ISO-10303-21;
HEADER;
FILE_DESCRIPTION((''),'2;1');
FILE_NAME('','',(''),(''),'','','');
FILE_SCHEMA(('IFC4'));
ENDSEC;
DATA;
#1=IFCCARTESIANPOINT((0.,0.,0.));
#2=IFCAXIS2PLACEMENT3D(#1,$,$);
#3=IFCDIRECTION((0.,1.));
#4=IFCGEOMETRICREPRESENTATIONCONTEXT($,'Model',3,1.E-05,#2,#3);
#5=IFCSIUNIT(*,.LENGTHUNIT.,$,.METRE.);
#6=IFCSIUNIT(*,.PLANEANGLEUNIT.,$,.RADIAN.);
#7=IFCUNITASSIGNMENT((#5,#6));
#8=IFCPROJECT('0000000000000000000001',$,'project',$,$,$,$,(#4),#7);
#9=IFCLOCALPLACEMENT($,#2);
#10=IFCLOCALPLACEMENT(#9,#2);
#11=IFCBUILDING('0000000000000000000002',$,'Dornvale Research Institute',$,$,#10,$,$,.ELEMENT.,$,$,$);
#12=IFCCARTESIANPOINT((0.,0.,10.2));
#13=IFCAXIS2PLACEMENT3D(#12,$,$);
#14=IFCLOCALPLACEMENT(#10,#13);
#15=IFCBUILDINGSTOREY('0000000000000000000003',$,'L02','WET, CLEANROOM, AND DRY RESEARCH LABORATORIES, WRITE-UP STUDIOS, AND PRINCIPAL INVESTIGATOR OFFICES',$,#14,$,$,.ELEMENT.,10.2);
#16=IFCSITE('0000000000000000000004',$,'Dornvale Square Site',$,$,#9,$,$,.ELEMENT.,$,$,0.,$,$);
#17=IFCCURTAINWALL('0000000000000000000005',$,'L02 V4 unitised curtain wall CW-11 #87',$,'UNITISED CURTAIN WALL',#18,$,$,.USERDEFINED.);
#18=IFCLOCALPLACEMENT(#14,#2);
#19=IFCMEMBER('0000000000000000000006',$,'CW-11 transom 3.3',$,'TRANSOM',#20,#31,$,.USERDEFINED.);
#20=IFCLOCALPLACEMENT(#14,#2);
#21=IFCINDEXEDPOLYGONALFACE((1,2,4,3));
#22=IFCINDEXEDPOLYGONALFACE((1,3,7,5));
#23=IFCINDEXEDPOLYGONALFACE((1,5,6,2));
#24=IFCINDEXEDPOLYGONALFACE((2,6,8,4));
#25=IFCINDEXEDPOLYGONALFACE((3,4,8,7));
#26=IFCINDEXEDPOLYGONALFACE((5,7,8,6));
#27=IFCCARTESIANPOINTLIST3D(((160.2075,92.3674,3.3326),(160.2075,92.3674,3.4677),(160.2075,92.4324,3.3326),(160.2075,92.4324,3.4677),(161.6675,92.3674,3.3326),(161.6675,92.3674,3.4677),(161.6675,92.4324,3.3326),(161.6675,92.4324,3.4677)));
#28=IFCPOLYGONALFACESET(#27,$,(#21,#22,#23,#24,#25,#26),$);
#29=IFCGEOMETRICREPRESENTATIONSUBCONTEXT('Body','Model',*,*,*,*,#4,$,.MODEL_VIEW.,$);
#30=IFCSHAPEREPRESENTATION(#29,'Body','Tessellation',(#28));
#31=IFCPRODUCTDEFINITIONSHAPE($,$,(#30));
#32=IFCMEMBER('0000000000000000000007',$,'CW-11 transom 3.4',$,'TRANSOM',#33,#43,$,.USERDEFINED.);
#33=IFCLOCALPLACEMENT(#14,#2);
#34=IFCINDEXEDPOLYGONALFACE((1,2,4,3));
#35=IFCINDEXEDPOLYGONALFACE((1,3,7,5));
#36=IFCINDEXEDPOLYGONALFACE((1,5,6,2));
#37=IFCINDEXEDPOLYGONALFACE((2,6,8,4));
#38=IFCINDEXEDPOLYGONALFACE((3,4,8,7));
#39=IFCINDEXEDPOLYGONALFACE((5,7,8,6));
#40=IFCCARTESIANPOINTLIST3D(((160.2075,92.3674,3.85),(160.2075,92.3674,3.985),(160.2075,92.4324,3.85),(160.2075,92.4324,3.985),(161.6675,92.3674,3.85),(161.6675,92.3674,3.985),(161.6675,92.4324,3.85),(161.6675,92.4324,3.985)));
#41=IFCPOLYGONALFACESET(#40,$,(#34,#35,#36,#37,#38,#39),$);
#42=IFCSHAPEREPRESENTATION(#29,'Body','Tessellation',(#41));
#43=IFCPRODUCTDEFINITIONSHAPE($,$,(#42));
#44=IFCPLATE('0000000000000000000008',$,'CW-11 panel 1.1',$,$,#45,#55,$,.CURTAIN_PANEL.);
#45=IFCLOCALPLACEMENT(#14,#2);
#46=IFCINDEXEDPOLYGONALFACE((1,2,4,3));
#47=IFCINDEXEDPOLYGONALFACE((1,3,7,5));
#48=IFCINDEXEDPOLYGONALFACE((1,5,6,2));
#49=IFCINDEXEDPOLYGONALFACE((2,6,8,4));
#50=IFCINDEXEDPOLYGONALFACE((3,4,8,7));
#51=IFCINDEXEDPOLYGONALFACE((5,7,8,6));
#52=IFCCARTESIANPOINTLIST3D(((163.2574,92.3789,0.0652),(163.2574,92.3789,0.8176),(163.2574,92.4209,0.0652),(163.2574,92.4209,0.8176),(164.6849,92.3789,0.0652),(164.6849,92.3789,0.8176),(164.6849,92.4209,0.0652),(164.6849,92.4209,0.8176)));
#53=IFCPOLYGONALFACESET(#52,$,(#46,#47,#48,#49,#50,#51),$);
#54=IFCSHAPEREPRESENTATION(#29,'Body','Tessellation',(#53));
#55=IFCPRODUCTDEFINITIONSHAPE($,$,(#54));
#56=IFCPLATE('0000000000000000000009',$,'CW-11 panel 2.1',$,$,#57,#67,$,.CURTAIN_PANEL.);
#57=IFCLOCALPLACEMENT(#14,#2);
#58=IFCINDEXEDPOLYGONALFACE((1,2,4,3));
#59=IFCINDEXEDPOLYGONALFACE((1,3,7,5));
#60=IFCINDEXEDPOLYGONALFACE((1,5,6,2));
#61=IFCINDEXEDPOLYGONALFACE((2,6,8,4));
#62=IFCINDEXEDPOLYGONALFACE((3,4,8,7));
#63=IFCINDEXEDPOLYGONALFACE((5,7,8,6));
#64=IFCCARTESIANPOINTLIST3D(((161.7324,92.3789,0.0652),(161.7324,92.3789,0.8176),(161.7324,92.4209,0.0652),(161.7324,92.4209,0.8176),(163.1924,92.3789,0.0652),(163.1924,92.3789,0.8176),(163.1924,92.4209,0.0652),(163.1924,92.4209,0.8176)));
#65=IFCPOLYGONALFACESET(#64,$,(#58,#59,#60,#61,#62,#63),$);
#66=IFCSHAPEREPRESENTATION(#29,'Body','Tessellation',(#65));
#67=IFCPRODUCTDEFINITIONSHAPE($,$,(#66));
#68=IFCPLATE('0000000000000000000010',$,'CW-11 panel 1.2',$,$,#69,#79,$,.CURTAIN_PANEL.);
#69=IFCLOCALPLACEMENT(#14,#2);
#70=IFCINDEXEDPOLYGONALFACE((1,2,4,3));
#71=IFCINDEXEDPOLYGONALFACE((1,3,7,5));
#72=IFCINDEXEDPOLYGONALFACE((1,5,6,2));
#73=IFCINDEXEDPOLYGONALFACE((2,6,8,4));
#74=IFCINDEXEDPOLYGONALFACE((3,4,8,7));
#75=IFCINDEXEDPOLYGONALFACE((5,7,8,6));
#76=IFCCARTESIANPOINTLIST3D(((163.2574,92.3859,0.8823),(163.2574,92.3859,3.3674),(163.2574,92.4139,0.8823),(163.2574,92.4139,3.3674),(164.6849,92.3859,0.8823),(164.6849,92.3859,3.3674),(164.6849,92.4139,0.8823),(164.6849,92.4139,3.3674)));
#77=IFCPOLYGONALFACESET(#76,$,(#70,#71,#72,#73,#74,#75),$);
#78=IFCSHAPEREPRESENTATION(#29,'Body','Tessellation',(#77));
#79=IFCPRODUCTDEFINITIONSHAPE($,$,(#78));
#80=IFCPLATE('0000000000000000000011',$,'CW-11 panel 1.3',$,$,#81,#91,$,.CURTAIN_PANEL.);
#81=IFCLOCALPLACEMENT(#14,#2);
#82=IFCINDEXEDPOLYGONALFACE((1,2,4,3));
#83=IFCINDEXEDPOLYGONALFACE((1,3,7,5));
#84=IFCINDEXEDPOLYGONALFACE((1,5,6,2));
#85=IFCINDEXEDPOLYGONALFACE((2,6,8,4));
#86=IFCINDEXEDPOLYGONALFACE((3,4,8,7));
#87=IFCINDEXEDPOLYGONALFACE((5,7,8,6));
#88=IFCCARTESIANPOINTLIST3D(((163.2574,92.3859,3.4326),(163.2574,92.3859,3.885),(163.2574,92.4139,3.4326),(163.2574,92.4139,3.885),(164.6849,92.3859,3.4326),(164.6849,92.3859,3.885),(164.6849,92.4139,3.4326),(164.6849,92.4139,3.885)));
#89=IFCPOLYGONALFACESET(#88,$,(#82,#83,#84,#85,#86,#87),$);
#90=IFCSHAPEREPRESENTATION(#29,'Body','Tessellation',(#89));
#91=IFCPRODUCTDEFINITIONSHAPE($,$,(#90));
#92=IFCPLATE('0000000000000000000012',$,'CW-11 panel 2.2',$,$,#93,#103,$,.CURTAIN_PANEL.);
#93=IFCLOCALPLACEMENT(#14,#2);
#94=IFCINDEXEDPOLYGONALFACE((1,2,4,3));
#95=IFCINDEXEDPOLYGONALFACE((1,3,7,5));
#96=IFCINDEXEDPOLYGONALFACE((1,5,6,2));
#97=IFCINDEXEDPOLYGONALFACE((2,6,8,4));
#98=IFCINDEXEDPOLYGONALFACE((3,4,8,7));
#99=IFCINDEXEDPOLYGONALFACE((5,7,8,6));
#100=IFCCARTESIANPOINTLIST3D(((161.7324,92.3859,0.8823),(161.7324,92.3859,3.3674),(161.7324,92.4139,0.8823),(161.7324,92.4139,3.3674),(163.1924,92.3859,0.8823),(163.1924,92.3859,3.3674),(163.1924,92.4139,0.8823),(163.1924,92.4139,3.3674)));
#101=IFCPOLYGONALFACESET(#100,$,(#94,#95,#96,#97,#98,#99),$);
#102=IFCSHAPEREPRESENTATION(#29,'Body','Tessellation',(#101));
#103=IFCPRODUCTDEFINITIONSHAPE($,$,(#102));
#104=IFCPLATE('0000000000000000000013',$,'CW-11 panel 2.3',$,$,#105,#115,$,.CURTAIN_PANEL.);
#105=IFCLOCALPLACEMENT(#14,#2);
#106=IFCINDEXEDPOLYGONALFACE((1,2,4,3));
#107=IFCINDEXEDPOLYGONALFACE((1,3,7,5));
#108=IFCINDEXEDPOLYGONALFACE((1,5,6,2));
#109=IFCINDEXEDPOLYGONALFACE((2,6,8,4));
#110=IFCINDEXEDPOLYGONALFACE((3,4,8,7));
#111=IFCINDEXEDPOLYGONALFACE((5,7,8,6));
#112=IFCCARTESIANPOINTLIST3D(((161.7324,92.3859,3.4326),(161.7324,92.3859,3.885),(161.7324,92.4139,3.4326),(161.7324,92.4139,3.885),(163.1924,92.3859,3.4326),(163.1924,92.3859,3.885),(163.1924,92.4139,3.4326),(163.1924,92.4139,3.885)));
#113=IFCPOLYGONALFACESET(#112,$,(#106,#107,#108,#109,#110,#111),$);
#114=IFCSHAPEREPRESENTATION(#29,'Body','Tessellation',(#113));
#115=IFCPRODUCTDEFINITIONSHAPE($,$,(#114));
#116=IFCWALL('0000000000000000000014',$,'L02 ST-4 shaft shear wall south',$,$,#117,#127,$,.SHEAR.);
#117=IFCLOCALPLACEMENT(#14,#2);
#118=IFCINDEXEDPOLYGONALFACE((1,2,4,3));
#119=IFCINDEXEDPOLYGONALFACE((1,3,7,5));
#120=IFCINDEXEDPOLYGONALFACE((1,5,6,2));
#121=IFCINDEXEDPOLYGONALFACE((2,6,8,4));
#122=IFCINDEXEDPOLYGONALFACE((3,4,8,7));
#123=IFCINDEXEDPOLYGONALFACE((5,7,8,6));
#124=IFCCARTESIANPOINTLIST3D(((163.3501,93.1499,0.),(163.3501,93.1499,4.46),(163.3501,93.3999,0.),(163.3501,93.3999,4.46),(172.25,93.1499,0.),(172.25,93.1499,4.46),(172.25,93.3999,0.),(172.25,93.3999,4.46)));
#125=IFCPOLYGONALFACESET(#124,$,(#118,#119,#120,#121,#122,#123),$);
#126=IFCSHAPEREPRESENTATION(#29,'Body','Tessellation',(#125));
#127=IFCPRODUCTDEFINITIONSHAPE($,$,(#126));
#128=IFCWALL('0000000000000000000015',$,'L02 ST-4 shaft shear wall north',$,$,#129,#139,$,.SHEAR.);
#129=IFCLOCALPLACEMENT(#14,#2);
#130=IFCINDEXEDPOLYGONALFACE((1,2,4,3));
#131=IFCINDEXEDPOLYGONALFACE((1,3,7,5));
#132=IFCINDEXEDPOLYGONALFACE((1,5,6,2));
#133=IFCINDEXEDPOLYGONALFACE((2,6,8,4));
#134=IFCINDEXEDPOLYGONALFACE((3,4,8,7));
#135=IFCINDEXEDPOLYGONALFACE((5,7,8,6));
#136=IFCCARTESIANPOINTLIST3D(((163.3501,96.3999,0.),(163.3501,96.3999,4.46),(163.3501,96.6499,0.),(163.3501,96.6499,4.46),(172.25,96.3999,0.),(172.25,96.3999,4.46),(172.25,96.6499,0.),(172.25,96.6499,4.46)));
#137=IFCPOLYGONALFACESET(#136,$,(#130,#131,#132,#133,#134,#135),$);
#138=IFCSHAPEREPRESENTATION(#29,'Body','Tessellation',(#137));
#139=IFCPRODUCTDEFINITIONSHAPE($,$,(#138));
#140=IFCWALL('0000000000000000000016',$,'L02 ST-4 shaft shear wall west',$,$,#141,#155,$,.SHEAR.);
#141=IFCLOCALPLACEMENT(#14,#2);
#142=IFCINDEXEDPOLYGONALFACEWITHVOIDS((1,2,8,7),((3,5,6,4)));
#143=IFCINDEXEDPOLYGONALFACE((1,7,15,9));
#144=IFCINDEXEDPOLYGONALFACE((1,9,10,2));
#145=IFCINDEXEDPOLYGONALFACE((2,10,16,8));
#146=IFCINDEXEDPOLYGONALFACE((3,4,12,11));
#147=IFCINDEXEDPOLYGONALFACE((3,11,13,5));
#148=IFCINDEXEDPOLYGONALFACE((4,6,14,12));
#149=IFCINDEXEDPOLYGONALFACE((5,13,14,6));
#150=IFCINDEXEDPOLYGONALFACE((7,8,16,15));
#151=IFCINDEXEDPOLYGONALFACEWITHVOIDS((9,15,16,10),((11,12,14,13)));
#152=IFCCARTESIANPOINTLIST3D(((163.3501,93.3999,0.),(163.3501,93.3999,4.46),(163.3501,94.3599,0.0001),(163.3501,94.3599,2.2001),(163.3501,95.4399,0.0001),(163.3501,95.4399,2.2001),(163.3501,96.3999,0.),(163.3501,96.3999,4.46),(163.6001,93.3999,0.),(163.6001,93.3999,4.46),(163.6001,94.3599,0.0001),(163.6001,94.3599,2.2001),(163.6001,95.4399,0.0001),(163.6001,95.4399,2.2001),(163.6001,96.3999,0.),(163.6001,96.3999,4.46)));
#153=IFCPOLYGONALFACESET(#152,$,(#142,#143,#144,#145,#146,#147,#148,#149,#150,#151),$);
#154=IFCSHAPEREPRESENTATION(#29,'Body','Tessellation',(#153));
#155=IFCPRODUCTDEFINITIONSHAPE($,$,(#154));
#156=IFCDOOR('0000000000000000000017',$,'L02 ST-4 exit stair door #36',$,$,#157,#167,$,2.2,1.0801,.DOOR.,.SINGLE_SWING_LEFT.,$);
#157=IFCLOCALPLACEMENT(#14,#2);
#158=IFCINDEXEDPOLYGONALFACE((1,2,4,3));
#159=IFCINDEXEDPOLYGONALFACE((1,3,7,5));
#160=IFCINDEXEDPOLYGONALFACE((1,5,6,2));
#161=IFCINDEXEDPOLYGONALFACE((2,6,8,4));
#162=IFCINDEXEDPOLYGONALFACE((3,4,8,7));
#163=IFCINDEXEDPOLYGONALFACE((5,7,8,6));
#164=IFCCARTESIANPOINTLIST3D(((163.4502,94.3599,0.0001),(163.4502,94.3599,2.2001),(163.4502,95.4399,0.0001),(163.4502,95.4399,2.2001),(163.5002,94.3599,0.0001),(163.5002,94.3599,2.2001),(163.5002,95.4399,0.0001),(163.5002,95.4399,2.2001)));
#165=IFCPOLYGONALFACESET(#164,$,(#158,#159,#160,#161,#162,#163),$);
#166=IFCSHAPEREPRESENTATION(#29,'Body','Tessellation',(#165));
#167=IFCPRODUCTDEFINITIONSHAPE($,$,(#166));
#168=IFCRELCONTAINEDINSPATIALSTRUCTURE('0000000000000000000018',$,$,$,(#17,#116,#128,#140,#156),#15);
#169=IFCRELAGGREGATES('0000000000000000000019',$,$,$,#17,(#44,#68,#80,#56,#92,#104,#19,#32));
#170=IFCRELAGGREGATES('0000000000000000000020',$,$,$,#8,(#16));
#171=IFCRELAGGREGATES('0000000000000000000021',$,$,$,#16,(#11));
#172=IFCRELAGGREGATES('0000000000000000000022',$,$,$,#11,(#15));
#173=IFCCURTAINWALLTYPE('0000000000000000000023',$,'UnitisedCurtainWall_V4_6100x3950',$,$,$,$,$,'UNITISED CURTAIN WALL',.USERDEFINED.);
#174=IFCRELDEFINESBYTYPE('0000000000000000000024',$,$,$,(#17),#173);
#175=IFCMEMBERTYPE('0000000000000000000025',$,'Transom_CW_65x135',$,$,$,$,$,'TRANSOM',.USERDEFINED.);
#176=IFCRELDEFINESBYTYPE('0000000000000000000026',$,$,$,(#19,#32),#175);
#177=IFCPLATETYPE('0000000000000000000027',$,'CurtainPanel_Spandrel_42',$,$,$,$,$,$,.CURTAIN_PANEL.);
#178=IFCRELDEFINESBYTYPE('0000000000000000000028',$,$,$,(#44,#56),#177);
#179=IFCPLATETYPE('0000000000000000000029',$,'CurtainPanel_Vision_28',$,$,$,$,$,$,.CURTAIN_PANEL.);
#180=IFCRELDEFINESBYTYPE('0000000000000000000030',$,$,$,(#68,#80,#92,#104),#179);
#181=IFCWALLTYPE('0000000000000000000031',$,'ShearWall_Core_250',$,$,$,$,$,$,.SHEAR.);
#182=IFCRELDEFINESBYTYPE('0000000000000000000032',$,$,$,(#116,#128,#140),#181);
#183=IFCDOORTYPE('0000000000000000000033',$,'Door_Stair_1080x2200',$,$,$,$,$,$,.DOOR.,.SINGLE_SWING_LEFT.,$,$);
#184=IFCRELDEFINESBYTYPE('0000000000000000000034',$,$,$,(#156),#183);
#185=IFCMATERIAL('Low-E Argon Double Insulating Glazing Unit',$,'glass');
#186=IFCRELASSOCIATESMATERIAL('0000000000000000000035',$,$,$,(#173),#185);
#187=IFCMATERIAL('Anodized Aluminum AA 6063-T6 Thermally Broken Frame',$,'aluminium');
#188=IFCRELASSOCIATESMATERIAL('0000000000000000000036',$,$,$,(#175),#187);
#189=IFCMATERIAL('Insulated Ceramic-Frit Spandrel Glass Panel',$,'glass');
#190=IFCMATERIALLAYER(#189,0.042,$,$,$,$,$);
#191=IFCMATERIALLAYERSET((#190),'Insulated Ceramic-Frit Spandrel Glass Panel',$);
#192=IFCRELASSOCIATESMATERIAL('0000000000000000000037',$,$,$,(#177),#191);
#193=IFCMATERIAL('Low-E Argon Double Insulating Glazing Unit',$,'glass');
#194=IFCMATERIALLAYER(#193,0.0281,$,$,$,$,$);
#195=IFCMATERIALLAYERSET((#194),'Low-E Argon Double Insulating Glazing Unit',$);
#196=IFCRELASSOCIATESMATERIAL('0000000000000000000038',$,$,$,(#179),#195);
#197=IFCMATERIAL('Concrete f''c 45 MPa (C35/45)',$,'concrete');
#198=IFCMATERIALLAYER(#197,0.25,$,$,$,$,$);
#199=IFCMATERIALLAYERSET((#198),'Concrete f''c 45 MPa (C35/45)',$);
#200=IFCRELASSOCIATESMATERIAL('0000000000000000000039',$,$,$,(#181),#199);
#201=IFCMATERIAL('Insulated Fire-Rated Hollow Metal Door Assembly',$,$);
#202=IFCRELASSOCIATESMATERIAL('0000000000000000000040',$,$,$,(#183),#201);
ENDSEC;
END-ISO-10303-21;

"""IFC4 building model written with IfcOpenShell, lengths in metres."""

from ifc_helpers import new_model, si_unit, direction, frame, frame_2d, origin, origin_2d, place, context, subcontext, project, spatial, rectangle, extrude, material, layer, layer_set, material_profile, profile_set, type_object, element, fill, aggregate, save


model = new_model("IFC4")

# Units and contexts
model_context = context("Model", 3, precision=1e-05, world=origin(), true_north=direction((0.0, 1.0)))
body_context = subcontext(model_context, "Body", "Model", "MODEL_VIEW")
ifc_project = project(units=[si_unit("LENGTHUNIT", "METRE"), si_unit("PLANEANGLEUNIT", "RADIAN")], contexts=[model_context])

# Site, building, storey
site_placement = place(None, origin())
site = spatial("IfcSite", under=ifc_project, at=site_placement, Name="Dornvale Square Site", CompositionType="ELEMENT", RefElevation=0.0)
building_placement = place(site_placement, origin())
building = spatial("IfcBuilding", under=site, at=building_placement, Name="Dornvale Research Institute", CompositionType="ELEMENT")
storey_placement = place(building_placement, frame((0.0, 0.0, 10.2)))
storey = spatial("IfcBuildingStorey", under=building, at=storey_placement, Name="L02", Description="WET, CLEANROOM, AND DRY RESEARCH LABORATORIES, WRITE-UP STUDIOS, AND PRINCIPAL INVESTIGATOR OFFICES", CompositionType="ELEMENT", Elevation=10.2)

# Curtain wall
ifc_material_1 = material(Name="Low-E Argon Double Insulating Glazing Unit", Category="glass")
curtain_wall_type = type_object("IfcCurtainWallType", Name="UnitisedCurtainWall_V4_6100x3950", ElementType="UNITISED CURTAIN WALL", PredefinedType="USERDEFINED", material=ifc_material_1)
curtain_wall_placement = place(storey_placement, origin())
curtain_wall = element("IfcCurtainWall", 1, at=curtain_wall_placement, inside=storey, type_object=curtain_wall_type, Name="L02 V4 unitised curtain wall CW-11 #87", ObjectType="UNITISED CURTAIN WALL", PredefinedType="USERDEFINED")

# Members
ifc_material_2 = material(Name="Anodized Aluminum AA 6063-T6 Thermally Broken Frame", Category="aluminium")
ifc_material_profile_1 = material_profile(ifc_material_2, rectangle(XDim=0.0649, YDim=0.135, at=origin_2d()), Name="ALU TRANSOM 65x135")
ifc_profile_set_1 = profile_set([ifc_material_profile_1], Name="Anodized Aluminum AA 6063-T6 Thermally Broken Frame")
member_type_1 = type_object("IfcMemberType", Name="Transom_CW_65x135", ElementType="TRANSOM", PredefinedType="USERDEFINED", material=ifc_profile_set_1)
member_1_placement = place(storey_placement, frame((161.6675, 92.3999, 3.4001), z_axis=(-1.0, 0.0, 0.0), x_axis=(0.0, -1.0, 0.0)))
member_1 = element("IfcMember", 2, at=member_1_placement, type_object=member_type_1, Name="CW-11 transom 3.3", ObjectType="TRANSOM", PredefinedType="USERDEFINED", context=body_context, shape_type="SweptSolid", body=[
    extrude(rectangle(XDim=0.0649, YDim=0.135, at=origin_2d()), origin(), (0.0, 0.0, 1.0), 1.46),
])
member_2_placement = place(storey_placement, frame((161.6675, 92.3999, 3.9175), z_axis=(-1.0, 0.0, 0.0), x_axis=(0.0, -1.0, 0.0)))
member_2 = element("IfcMember", 3, at=member_2_placement, type_object=member_type_1, Name="CW-11 transom 3.4", ObjectType="TRANSOM", PredefinedType="USERDEFINED", context=body_context, shape_type="SweptSolid", body=[
    extrude(rectangle(XDim=0.0649, YDim=0.135, at=origin_2d()), origin(), (0.0, 0.0, 1.0), 1.46),
])

# Plates
ifc_material_3 = material(Name="Insulated Ceramic-Frit Spandrel Glass Panel", Category="glass")
ifc_layer_1 = layer(ifc_material_3, 0.042)
ifc_layer_set_1 = layer_set([ifc_layer_1], Name="Insulated Ceramic-Frit Spandrel Glass Panel")
plate_type_1 = type_object("IfcPlateType", Name="CurtainPanel_Spandrel_42", PredefinedType="CURTAIN_PANEL", material=ifc_layer_set_1)
plate_1_placement = place(storey_placement, frame((163.9712, 92.3999, 0.0652), z_axis=(0.0, 0.0, 1.0), x_axis=(-1.0, 0.0, 0.0)))
plate_1 = element("IfcPlate", 4, at=plate_1_placement, type_object=plate_type_1, Name="CW-11 panel 1.1", PredefinedType="CURTAIN_PANEL", context=body_context, shape_type="SweptSolid", body=[
    extrude(rectangle(XDim=1.4275, YDim=0.042, at=origin_2d()), origin(), (0.0, 0.0, 1.0), 0.7524),
])
plate_2_placement = place(storey_placement, frame((162.4624, 92.3999, 0.0652), z_axis=(0.0, 0.0, 1.0), x_axis=(-1.0, 0.0, 0.0)))
plate_2 = element("IfcPlate", 5, at=plate_2_placement, type_object=plate_type_1, Name="CW-11 panel 2.1", PredefinedType="CURTAIN_PANEL", context=body_context, shape_type="SweptSolid", body=[
    extrude(rectangle(XDim=1.46, YDim=0.042, at=origin_2d()), origin(), (0.0, 0.0, 1.0), 0.7524),
])
ifc_material_4 = material(Name="Low-E Argon Double Insulating Glazing Unit", Category="glass")
ifc_layer_2 = layer(ifc_material_4, 0.0281)
ifc_layer_set_2 = layer_set([ifc_layer_2], Name="Low-E Argon Double Insulating Glazing Unit")
plate_type_2 = type_object("IfcPlateType", Name="CurtainPanel_Vision_28", PredefinedType="CURTAIN_PANEL", material=ifc_layer_set_2)
plate_3_placement = place(storey_placement, frame((163.9712, 92.3999, 0.8823), z_axis=(0.0, 0.0, 1.0), x_axis=(-1.0, 0.0, 0.0)))
plate_3 = element("IfcPlate", 6, at=plate_3_placement, type_object=plate_type_2, Name="CW-11 panel 1.2", PredefinedType="CURTAIN_PANEL", context=body_context, shape_type="SweptSolid", body=[
    extrude(rectangle(XDim=1.4275, YDim=0.0281, at=origin_2d()), origin(), (0.0, 0.0, 1.0), 2.4851),
])
plate_4_placement = place(storey_placement, frame((163.9712, 92.3999, 3.4326), z_axis=(0.0, 0.0, 1.0), x_axis=(-1.0, 0.0, 0.0)))
plate_4 = element("IfcPlate", 7, at=plate_4_placement, type_object=plate_type_2, Name="CW-11 panel 1.3", PredefinedType="CURTAIN_PANEL", context=body_context, shape_type="SweptSolid", body=[
    extrude(rectangle(XDim=1.4275, YDim=0.0281, at=origin_2d()), origin(), (0.0, 0.0, 1.0), 0.4524),
])
plate_5_placement = place(storey_placement, frame((162.4624, 92.3999, 0.8823), z_axis=(0.0, 0.0, 1.0), x_axis=(-1.0, 0.0, 0.0)))
plate_5 = element("IfcPlate", 8, at=plate_5_placement, type_object=plate_type_2, Name="CW-11 panel 2.2", PredefinedType="CURTAIN_PANEL", context=body_context, shape_type="SweptSolid", body=[
    extrude(rectangle(XDim=1.46, YDim=0.0281, at=origin_2d()), origin(), (0.0, 0.0, 1.0), 2.4851),
])
plate_6_placement = place(storey_placement, frame((162.4624, 92.3999, 3.4326), z_axis=(0.0, 0.0, 1.0), x_axis=(-1.0, 0.0, 0.0)))
plate_6 = element("IfcPlate", 9, at=plate_6_placement, type_object=plate_type_2, Name="CW-11 panel 2.3", PredefinedType="CURTAIN_PANEL", context=body_context, shape_type="SweptSolid", body=[
    extrude(rectangle(XDim=1.46, YDim=0.0281, at=origin_2d()), origin(), (0.0, 0.0, 1.0), 0.4524),
])
aggregate(curtain_wall, [plate_1, plate_3, plate_4, plate_2, plate_5, plate_6, member_1, member_2])

# Walls
ifc_material_5 = material(Name="Concrete f'c 45 MPa (C35/45)", Category="concrete")
ifc_layer_3 = layer(ifc_material_5, 0.25)
ifc_layer_set_3 = layer_set([ifc_layer_3], Name="Concrete f'c 45 MPa (C35/45)")
wall_type = type_object("IfcWallType", Name="ShearWall_Core_250", PredefinedType="SHEAR", material=ifc_layer_set_3)
for number, where, z_axis, x_axis, name in (
    (10, (163.3501, 93.2749, 0.0), (0.0, 0.0, 1.0), (1.0, 0.0, 0.0), "L02 ST-4 shaft shear wall south"),
    (11, (163.3501, 96.5249, 0.0), (0.0, 0.0, 1.0), (1.0, 0.0, 0.0), "L02 ST-4 shaft shear wall north"),
):
    element("IfcWall", number, at=place(storey_placement, frame(where, z_axis=z_axis, x_axis=x_axis)), inside=storey, type_object=wall_type, Name=name, PredefinedType="SHEAR", context=body_context, shape_type="SweptSolid", body=[
        extrude(rectangle(XDim=8.8999, YDim=0.25, at=frame_2d((4.45, 0.0))), origin(), (0.0, 0.0, 1.0), 4.46),
    ])

# Wall, opening, door
wall_placement = place(storey_placement, frame((163.4751, 93.3999, 0.0), z_axis=(0.0, 0.0, 1.0), x_axis=(0.0, 1.0, 0.0)))
wall = element("IfcWall", 12, at=wall_placement, inside=storey, type_object=wall_type, Name="L02 ST-4 shaft shear wall west", PredefinedType="SHEAR", context=body_context, shape_type="SweptSolid", body=[
    extrude(rectangle(XDim=3.0, YDim=0.25, at=frame_2d((1.5, 0.0))), origin(), (0.0, 0.0, 1.0), 4.46),
])
opening_placement = place(wall_placement, frame((0.96, 0.0, 0.0)))
opening = element("IfcOpeningElement", 13, at=opening_placement, cuts=wall, PredefinedType="OPENING", context=body_context, shape_type="SweptSolid", body=[
    extrude(rectangle(XDim=1.0801, YDim=2.2, at=frame_2d((0.54, 1.1001))), frame((0.0, 0.1399, 0.0), z_axis=(0.0, -1.0, 0.0), x_axis=(1.0, 0.0, 0.0)), (0.0, 0.0, 1.0), 0.28),
])
ifc_material_6 = material(Name="Insulated Fire-Rated Hollow Metal Door Assembly")
door_type = type_object("IfcDoorType", Name="Door_Stair_1080x2200", OperationType="SINGLE_SWING_LEFT", PredefinedType="DOOR", material=ifc_material_6)
door_placement = place(opening_placement, origin())
door = element("IfcDoor", 14, at=door_placement, inside=storey, type_object=door_type, Name="L02 ST-4 exit stair door #36", OperationType="SINGLE_SWING_LEFT", OverallHeight=2.2, OverallWidth=1.0801, PredefinedType="DOOR", context=body_context, shape_type="SweptSolid", body=[
    extrude(rectangle(XDim=1.0801, YDim=2.2, at=frame_2d((0.54, 1.1001))), frame((0.0, 0.0249, 0.0), z_axis=(0.0, -1.0, 0.0), x_axis=(1.0, 0.0, 0.0)), (0.0, 0.0, 1.0), 0.05),
])
fill(opening, door)

save(model, "model.ifc")
